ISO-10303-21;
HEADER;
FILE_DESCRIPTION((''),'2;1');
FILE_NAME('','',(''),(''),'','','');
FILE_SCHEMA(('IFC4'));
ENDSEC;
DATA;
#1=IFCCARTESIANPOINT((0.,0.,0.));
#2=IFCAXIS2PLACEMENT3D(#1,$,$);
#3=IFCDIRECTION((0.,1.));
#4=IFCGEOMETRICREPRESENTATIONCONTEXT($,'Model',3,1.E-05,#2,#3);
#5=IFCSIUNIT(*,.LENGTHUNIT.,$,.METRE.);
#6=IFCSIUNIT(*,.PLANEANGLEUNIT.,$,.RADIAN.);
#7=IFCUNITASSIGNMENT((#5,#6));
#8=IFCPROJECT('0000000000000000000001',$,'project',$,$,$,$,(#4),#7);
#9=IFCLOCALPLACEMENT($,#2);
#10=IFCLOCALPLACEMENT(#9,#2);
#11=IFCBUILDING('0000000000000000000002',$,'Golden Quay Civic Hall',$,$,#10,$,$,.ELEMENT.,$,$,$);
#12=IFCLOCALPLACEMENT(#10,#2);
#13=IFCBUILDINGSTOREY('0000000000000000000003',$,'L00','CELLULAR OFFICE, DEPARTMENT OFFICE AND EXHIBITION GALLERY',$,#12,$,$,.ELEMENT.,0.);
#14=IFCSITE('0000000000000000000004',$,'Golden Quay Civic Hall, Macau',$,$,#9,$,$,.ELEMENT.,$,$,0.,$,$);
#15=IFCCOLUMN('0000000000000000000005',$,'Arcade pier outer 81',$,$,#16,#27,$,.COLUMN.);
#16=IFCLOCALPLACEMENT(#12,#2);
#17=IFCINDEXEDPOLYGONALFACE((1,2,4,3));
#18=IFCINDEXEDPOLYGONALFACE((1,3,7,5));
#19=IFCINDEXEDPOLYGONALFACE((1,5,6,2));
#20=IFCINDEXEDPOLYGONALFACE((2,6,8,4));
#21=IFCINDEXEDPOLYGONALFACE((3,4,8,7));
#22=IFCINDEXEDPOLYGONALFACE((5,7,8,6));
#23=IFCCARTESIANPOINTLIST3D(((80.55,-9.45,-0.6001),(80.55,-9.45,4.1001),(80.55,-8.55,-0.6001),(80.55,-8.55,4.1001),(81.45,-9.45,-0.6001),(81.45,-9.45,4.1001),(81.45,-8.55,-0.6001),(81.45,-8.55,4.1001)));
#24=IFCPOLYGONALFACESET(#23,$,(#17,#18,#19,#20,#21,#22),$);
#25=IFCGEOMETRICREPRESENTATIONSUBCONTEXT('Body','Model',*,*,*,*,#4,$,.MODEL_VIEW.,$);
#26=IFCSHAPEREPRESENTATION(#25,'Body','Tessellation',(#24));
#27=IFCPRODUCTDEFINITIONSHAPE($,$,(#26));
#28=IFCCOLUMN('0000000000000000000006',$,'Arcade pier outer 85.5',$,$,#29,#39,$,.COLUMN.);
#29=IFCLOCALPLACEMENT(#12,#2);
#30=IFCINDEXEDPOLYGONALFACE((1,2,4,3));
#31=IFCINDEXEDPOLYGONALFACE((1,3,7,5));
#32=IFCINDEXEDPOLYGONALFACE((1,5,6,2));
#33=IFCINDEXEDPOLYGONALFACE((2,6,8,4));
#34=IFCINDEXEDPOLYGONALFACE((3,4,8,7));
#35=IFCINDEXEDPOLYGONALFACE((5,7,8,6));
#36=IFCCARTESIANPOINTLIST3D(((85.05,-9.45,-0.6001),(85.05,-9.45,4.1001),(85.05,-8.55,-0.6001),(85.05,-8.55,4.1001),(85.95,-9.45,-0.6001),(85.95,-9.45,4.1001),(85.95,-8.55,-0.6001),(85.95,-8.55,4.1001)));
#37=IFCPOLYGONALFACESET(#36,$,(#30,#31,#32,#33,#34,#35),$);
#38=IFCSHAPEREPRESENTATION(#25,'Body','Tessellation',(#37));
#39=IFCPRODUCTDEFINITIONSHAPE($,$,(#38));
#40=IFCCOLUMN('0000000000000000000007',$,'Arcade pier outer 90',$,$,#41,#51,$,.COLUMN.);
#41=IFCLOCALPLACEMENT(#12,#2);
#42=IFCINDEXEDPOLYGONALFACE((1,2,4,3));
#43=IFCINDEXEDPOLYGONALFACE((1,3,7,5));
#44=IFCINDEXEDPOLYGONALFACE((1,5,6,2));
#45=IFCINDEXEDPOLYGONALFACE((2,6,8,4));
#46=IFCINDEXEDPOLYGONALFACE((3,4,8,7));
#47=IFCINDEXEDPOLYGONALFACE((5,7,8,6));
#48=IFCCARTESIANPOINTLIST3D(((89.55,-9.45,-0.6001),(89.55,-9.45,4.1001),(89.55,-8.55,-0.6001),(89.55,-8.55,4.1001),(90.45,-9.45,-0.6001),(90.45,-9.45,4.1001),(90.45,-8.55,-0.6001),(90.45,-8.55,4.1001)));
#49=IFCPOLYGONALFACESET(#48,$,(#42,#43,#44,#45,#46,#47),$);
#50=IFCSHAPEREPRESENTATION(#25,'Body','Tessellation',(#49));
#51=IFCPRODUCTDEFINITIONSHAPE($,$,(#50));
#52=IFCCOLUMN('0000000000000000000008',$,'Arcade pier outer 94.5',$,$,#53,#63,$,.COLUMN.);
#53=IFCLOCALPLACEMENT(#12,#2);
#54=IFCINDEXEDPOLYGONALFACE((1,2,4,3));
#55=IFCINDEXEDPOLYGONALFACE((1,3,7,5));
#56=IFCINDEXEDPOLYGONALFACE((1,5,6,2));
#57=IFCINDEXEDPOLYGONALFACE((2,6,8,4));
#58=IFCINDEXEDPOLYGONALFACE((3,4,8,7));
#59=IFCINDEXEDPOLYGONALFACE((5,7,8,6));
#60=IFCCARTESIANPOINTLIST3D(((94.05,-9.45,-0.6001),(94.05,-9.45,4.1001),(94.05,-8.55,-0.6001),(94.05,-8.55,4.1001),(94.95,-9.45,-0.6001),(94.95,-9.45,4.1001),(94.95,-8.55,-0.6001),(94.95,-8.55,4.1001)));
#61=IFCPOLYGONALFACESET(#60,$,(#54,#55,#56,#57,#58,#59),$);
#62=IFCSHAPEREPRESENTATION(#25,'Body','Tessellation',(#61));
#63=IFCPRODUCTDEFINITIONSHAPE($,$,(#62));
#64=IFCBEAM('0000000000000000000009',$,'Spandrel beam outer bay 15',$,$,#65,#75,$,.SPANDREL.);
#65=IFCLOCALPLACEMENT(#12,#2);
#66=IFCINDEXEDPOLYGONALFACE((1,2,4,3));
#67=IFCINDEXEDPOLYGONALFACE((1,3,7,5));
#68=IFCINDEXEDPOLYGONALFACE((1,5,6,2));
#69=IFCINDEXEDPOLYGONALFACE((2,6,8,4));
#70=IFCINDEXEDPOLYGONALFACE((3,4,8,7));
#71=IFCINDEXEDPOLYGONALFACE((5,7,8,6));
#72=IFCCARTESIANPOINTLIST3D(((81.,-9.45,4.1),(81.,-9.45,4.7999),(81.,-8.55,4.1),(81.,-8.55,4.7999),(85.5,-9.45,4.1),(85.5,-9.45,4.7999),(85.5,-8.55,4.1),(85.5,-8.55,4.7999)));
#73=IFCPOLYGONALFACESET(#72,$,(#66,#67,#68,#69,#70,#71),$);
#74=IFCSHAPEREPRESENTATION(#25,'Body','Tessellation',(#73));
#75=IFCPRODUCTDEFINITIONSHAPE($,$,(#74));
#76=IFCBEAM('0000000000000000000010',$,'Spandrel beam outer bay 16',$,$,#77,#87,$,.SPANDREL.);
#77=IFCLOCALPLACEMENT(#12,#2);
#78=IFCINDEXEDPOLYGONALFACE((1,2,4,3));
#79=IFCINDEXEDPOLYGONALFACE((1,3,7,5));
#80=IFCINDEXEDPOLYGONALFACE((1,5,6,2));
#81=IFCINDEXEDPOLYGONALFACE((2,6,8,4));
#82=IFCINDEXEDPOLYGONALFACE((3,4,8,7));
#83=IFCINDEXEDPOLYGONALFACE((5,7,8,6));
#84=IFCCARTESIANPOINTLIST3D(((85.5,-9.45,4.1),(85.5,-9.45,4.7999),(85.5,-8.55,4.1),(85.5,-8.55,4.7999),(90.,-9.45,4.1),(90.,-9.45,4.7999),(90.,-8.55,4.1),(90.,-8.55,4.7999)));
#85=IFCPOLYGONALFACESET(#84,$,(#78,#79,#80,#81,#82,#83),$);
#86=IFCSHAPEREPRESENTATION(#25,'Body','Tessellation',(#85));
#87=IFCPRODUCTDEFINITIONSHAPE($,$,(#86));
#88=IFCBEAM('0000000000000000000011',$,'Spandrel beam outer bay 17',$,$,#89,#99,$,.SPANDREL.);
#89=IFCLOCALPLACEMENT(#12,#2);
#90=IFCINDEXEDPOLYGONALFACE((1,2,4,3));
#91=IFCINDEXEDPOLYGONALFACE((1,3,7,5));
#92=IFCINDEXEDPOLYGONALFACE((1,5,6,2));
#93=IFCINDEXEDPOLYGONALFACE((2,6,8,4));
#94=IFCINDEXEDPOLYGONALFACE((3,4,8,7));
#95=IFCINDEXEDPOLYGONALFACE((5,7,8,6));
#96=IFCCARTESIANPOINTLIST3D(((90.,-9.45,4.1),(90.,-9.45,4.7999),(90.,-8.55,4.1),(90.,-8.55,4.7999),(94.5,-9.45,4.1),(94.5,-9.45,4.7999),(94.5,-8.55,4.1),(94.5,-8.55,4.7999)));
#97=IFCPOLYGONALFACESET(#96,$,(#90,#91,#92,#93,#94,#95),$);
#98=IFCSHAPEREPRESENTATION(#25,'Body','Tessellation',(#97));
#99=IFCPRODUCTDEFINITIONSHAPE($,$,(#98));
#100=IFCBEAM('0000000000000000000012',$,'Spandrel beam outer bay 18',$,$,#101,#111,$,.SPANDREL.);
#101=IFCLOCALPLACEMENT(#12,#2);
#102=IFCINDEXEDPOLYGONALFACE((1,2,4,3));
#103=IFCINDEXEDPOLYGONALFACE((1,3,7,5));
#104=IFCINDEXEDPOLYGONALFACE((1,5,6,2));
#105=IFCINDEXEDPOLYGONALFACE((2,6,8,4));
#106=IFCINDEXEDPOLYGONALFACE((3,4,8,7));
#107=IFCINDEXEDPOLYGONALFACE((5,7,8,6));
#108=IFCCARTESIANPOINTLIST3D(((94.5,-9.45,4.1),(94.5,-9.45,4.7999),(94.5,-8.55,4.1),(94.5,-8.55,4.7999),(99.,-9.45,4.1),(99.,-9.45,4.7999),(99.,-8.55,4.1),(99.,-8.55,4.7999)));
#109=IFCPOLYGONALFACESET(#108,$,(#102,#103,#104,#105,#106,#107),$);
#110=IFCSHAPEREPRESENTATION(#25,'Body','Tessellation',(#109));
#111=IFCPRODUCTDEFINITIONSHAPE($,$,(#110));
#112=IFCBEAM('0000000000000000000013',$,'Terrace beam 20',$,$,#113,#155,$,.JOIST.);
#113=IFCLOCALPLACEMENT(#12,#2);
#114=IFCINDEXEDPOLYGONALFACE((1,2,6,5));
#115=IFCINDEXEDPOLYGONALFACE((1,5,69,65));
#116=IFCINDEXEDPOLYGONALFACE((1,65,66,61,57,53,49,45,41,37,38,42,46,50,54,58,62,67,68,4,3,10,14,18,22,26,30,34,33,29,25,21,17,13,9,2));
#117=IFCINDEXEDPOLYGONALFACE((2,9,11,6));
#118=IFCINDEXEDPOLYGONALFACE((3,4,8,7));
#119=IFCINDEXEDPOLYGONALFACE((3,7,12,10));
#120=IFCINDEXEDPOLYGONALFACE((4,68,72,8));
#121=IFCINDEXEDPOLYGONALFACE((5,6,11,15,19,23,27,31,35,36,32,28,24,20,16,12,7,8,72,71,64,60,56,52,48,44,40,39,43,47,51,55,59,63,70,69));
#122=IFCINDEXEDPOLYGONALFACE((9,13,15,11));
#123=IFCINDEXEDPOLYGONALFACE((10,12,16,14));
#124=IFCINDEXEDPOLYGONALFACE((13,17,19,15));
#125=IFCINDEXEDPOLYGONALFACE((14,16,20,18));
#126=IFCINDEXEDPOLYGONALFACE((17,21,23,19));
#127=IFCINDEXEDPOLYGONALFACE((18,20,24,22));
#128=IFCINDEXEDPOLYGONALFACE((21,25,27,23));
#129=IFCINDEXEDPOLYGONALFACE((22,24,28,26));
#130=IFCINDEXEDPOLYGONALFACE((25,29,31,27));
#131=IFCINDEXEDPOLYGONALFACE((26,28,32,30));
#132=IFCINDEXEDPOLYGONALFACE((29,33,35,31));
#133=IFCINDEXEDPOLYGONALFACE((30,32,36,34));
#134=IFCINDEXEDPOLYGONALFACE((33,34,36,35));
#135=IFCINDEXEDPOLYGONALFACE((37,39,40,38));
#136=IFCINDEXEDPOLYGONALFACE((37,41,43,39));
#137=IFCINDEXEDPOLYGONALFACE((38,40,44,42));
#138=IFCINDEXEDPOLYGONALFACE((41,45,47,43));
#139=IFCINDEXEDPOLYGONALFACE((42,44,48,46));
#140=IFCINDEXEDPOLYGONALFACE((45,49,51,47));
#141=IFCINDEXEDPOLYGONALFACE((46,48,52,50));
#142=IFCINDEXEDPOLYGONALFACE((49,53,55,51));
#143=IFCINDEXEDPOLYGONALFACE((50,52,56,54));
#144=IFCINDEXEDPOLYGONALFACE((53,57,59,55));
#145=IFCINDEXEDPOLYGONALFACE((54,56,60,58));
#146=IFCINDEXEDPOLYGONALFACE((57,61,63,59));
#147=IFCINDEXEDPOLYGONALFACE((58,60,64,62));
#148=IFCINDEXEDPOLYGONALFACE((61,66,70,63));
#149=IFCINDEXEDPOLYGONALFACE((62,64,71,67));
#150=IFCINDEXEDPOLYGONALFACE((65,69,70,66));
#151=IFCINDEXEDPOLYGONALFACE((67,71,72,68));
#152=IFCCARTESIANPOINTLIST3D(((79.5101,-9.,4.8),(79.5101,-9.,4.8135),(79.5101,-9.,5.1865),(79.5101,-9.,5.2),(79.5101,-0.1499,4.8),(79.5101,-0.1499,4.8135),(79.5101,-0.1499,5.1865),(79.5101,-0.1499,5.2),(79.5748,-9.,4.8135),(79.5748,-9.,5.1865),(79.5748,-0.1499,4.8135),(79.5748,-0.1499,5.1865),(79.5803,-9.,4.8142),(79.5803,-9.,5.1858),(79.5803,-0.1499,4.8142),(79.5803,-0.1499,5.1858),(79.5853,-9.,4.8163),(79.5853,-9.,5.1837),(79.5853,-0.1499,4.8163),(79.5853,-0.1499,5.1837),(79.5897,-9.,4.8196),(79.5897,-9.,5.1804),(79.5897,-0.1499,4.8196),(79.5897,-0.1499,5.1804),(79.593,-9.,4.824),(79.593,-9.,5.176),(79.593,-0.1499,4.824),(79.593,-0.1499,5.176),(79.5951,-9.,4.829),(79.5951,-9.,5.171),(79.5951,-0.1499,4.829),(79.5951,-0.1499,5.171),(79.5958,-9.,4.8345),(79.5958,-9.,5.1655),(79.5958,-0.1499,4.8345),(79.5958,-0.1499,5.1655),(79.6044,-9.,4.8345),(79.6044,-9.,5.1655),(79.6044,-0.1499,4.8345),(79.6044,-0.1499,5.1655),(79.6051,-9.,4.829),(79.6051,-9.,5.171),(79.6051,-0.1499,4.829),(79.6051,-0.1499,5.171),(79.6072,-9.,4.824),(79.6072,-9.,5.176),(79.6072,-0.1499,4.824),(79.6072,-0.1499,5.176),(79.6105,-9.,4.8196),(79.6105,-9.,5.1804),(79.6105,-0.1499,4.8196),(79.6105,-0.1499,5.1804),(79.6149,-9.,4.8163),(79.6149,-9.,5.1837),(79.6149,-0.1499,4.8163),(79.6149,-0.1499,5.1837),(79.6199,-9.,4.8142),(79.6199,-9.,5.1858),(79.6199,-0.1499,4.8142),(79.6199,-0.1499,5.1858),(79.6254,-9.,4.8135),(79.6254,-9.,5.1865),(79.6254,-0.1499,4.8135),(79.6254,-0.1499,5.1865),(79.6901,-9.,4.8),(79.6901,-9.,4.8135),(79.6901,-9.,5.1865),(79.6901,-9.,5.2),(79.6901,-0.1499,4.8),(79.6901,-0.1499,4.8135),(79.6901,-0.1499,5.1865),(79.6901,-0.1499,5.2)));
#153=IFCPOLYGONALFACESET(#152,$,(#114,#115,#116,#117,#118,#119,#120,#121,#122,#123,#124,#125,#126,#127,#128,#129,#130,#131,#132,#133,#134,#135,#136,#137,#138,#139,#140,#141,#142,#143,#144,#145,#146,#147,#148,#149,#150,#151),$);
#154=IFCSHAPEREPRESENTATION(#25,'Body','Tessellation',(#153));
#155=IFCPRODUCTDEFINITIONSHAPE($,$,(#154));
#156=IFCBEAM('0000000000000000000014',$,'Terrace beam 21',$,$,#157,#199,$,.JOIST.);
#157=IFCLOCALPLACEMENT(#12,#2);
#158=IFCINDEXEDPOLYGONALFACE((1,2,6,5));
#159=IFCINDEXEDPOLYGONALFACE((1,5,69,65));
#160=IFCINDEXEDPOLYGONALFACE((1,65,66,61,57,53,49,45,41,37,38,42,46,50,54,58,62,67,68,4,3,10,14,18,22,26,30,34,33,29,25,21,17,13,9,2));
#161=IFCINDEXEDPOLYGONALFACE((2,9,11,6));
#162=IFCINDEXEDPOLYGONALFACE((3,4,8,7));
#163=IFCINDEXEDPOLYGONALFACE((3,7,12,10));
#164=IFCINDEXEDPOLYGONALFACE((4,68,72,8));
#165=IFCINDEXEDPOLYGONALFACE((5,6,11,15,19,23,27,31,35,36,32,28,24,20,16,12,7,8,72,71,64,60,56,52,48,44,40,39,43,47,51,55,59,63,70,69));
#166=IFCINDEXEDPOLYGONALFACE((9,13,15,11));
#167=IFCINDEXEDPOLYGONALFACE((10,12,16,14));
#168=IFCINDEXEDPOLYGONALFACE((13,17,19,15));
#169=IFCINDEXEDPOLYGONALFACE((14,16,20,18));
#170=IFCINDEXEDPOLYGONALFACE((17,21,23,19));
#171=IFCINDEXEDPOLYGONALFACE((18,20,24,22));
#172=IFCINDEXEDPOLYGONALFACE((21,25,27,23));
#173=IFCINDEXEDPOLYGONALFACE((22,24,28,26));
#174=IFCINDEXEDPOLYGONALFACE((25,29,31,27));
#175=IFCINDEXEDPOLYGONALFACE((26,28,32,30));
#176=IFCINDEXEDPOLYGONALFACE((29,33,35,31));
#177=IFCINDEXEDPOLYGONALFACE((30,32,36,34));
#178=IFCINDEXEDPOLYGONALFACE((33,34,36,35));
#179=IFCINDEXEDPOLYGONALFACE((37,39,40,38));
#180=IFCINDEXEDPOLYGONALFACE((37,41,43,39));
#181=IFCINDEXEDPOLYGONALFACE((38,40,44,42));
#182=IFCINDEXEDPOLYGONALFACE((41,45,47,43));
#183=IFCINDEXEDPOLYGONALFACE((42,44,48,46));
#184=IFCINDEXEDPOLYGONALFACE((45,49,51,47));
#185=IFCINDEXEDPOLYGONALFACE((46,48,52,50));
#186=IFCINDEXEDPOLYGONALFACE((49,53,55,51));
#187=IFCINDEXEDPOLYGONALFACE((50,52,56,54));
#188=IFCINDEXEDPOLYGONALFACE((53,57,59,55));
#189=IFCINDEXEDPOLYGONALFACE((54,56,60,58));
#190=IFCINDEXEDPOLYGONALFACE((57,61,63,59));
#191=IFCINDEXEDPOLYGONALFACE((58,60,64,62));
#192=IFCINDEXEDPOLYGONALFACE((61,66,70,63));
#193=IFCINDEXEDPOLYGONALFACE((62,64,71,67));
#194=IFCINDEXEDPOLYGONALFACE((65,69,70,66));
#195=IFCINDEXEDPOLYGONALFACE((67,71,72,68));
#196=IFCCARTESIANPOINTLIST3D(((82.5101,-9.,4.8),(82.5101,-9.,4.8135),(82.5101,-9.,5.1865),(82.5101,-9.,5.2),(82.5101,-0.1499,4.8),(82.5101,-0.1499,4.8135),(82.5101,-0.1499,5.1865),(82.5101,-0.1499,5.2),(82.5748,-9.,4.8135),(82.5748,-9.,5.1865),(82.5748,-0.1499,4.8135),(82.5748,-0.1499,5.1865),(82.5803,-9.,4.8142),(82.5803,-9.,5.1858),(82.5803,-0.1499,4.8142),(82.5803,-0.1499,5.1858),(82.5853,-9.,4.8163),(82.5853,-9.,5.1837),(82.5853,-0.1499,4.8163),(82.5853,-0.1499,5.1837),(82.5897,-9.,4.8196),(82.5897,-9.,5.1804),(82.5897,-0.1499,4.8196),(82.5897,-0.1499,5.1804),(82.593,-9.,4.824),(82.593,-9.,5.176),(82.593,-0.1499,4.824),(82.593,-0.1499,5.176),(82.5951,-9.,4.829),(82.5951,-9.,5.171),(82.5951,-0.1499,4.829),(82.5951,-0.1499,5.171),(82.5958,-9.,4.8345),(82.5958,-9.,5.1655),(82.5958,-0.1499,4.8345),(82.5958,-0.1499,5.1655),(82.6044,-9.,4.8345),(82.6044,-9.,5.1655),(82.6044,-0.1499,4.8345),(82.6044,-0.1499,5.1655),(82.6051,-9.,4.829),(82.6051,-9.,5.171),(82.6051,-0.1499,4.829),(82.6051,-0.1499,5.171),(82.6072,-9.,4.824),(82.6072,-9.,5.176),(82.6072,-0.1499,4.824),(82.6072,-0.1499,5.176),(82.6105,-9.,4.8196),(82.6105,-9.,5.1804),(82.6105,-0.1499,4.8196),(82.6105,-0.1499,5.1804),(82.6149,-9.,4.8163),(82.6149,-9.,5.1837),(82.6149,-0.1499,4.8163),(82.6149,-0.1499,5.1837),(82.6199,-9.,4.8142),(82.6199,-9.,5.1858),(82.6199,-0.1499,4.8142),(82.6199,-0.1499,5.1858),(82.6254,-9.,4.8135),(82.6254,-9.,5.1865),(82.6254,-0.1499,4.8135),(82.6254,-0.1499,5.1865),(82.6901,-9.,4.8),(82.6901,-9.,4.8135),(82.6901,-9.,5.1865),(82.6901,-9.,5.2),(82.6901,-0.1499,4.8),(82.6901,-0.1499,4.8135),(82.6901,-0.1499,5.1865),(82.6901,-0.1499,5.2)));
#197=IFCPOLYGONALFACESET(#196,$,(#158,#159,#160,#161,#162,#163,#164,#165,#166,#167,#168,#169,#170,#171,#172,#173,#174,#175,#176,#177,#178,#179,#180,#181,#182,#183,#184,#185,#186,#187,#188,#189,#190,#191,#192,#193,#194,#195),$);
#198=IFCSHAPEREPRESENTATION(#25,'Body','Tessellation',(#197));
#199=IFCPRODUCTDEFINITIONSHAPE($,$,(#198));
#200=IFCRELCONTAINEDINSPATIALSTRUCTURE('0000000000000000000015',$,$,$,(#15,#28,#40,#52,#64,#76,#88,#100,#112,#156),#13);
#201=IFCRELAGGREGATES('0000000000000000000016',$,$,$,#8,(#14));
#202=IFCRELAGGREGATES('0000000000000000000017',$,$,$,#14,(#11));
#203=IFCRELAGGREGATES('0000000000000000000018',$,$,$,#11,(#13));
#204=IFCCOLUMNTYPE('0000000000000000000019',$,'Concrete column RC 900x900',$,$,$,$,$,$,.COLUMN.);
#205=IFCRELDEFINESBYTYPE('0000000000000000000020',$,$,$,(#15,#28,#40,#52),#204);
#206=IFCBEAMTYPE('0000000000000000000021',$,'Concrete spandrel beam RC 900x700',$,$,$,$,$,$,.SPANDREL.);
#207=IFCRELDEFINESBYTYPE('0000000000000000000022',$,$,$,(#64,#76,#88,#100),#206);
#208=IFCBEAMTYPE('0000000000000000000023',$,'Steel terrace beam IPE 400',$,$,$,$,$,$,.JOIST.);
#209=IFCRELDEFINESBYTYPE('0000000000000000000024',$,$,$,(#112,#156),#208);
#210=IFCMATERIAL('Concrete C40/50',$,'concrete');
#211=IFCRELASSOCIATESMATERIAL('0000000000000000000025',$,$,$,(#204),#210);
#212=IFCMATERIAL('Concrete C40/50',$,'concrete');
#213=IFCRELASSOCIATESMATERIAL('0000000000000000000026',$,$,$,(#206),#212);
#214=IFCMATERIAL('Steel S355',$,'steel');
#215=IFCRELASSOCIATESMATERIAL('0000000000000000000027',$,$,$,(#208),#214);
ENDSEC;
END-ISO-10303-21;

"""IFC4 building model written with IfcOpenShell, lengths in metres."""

from ifc_helpers import new_model, si_unit, direction, frame, origin, origin_2d, place, context, subcontext, project, spatial, rectangle, i_section, extrude, material, material_profile, profile_set, type_object, element, save


model = new_model("IFC4")

# Units and contexts
model_context = context("Model", 3, precision=1e-05, world=origin(), true_north=direction((0.0, 1.0)))
body_context = subcontext(model_context, "Body", "Model", "MODEL_VIEW")
ifc_project = project(units=[si_unit("LENGTHUNIT", "METRE"), si_unit("PLANEANGLEUNIT", "RADIAN")], contexts=[model_context])

# Site, building, storey
site_placement = place(None, origin())
site = spatial("IfcSite", under=ifc_project, at=site_placement, Name="Golden Quay Civic Hall, Macau", CompositionType="ELEMENT", RefElevation=0.0)
building_placement = place(site_placement, origin())
building = spatial("IfcBuilding", under=site, at=building_placement, Name="Golden Quay Civic Hall", CompositionType="ELEMENT")
storey_placement = place(building_placement, origin())
storey = spatial("IfcBuildingStorey", under=building, at=storey_placement, Name="L00", Description="CELLULAR OFFICE, DEPARTMENT OFFICE AND EXHIBITION GALLERY", CompositionType="ELEMENT", Elevation=0.0)

# Columns
ifc_material_1 = material(Name="Concrete C40/50", Category="concrete")
ifc_material_profile_1 = material_profile(ifc_material_1, rectangle(XDim=0.8999, YDim=0.8999, at=origin_2d()), Name="RC 900x900")
ifc_profile_set_1 = profile_set([ifc_material_profile_1], Name="Concrete C40/50")
column_type = type_object("IfcColumnType", Name="Concrete column RC 900x900", PredefinedType="COLUMN", material=ifc_profile_set_1)
for number, where, z_axis, x_axis, name in (
    (1, (81.0, -9.0, -0.6001), (0.0, 0.0, 1.0), (1.0, 0.0, 0.0), "Arcade pier outer 81"),
    (2, (85.5, -9.0, -0.6001), (0.0, 0.0, 1.0), (1.0, 0.0, 0.0), "Arcade pier outer 85.5"),
    (3, (90.0, -9.0, -0.6001), (0.0, 0.0, 1.0), (1.0, 0.0, 0.0), "Arcade pier outer 90"),
    (4, (94.5, -9.0, -0.6001), (0.0, 0.0, 1.0), (1.0, 0.0, 0.0), "Arcade pier outer 94.5"),
):
    element("IfcColumn", number, at=place(storey_placement, frame(where, z_axis=z_axis, x_axis=x_axis)), inside=storey, type_object=column_type, Name=name, PredefinedType="COLUMN", context=body_context, shape_type="SweptSolid", body=[
        extrude(rectangle(XDim=0.8999, YDim=0.8999, at=origin_2d()), origin(), (0.0, 0.0, 1.0), 4.7002),
    ])

# Beams
ifc_material_2 = material(Name="Concrete C40/50", Category="concrete")
ifc_material_profile_2 = material_profile(ifc_material_2, rectangle(XDim=0.8999, YDim=0.7, at=origin_2d()), Name="RC 900x700")
ifc_profile_set_2 = profile_set([ifc_material_profile_2], Name="Concrete C40/50")
beam_type_1 = type_object("IfcBeamType", Name="Concrete spandrel beam RC 900x700", PredefinedType="SPANDREL", material=ifc_profile_set_2)
for number, where, z_axis, x_axis, name in (
    (5, (81.0, -9.0, 4.45), (1.0, 0.0, 0.0), (0.0, 1.0, 0.0), "Spandrel beam outer bay 15"),
    (6, (85.5, -9.0, 4.45), (1.0, 0.0, 0.0), (0.0, 1.0, 0.0), "Spandrel beam outer bay 16"),
    (7, (90.0, -9.0, 4.45), (1.0, 0.0, 0.0), (0.0, 1.0, 0.0), "Spandrel beam outer bay 17"),
    (8, (94.5, -9.0, 4.45), (1.0, 0.0, 0.0), (0.0, 1.0, 0.0), "Spandrel beam outer bay 18"),
):
    element("IfcBeam", number, at=place(storey_placement, frame(where, z_axis=z_axis, x_axis=x_axis)), inside=storey, type_object=beam_type_1, Name=name, PredefinedType="SPANDREL", context=body_context, shape_type="SweptSolid", body=[
        extrude(rectangle(XDim=0.8999, YDim=0.7, at=origin_2d()), origin(), (0.0, 0.0, 1.0), 4.5),
    ])
ifc_material_3 = material(Name="Steel S355", Category="steel")
ifc_material_profile_3 = material_profile(ifc_material_3, i_section(OverallWidth=0.1799, OverallDepth=0.3999, WebThickness=0.0085, FlangeThickness=0.0134, FilletRadius=0.021, at=origin_2d()), Name="IPE 400")
ifc_profile_set_3 = profile_set([ifc_material_profile_3], Name="Steel S355")
beam_type_2 = type_object("IfcBeamType", Name="Steel terrace beam IPE 400", PredefinedType="JOIST", material=ifc_profile_set_3)
for number, where, z_axis, x_axis, name in (
    (9, (79.6001, -9.0, 5.0), (0.0, 1.0, 0.0), (-1.0, 0.0, 0.0), "Terrace beam 20"),
    (10, (82.6001, -9.0, 5.0), (0.0, 1.0, 0.0), (-1.0, 0.0, 0.0), "Terrace beam 21"),
):
    element("IfcBeam", number, at=place(storey_placement, frame(where, z_axis=z_axis, x_axis=x_axis)), inside=storey, type_object=beam_type_2, Name=name, PredefinedType="JOIST", context=body_context, shape_type="SweptSolid", body=[
        extrude(i_section(OverallWidth=0.1799, OverallDepth=0.3999, WebThickness=0.0085, FlangeThickness=0.0134, FilletRadius=0.021, at=origin_2d()), origin(), (0.0, 0.0, 1.0), 8.8501),
    ])

save(model, "model.ifc")
